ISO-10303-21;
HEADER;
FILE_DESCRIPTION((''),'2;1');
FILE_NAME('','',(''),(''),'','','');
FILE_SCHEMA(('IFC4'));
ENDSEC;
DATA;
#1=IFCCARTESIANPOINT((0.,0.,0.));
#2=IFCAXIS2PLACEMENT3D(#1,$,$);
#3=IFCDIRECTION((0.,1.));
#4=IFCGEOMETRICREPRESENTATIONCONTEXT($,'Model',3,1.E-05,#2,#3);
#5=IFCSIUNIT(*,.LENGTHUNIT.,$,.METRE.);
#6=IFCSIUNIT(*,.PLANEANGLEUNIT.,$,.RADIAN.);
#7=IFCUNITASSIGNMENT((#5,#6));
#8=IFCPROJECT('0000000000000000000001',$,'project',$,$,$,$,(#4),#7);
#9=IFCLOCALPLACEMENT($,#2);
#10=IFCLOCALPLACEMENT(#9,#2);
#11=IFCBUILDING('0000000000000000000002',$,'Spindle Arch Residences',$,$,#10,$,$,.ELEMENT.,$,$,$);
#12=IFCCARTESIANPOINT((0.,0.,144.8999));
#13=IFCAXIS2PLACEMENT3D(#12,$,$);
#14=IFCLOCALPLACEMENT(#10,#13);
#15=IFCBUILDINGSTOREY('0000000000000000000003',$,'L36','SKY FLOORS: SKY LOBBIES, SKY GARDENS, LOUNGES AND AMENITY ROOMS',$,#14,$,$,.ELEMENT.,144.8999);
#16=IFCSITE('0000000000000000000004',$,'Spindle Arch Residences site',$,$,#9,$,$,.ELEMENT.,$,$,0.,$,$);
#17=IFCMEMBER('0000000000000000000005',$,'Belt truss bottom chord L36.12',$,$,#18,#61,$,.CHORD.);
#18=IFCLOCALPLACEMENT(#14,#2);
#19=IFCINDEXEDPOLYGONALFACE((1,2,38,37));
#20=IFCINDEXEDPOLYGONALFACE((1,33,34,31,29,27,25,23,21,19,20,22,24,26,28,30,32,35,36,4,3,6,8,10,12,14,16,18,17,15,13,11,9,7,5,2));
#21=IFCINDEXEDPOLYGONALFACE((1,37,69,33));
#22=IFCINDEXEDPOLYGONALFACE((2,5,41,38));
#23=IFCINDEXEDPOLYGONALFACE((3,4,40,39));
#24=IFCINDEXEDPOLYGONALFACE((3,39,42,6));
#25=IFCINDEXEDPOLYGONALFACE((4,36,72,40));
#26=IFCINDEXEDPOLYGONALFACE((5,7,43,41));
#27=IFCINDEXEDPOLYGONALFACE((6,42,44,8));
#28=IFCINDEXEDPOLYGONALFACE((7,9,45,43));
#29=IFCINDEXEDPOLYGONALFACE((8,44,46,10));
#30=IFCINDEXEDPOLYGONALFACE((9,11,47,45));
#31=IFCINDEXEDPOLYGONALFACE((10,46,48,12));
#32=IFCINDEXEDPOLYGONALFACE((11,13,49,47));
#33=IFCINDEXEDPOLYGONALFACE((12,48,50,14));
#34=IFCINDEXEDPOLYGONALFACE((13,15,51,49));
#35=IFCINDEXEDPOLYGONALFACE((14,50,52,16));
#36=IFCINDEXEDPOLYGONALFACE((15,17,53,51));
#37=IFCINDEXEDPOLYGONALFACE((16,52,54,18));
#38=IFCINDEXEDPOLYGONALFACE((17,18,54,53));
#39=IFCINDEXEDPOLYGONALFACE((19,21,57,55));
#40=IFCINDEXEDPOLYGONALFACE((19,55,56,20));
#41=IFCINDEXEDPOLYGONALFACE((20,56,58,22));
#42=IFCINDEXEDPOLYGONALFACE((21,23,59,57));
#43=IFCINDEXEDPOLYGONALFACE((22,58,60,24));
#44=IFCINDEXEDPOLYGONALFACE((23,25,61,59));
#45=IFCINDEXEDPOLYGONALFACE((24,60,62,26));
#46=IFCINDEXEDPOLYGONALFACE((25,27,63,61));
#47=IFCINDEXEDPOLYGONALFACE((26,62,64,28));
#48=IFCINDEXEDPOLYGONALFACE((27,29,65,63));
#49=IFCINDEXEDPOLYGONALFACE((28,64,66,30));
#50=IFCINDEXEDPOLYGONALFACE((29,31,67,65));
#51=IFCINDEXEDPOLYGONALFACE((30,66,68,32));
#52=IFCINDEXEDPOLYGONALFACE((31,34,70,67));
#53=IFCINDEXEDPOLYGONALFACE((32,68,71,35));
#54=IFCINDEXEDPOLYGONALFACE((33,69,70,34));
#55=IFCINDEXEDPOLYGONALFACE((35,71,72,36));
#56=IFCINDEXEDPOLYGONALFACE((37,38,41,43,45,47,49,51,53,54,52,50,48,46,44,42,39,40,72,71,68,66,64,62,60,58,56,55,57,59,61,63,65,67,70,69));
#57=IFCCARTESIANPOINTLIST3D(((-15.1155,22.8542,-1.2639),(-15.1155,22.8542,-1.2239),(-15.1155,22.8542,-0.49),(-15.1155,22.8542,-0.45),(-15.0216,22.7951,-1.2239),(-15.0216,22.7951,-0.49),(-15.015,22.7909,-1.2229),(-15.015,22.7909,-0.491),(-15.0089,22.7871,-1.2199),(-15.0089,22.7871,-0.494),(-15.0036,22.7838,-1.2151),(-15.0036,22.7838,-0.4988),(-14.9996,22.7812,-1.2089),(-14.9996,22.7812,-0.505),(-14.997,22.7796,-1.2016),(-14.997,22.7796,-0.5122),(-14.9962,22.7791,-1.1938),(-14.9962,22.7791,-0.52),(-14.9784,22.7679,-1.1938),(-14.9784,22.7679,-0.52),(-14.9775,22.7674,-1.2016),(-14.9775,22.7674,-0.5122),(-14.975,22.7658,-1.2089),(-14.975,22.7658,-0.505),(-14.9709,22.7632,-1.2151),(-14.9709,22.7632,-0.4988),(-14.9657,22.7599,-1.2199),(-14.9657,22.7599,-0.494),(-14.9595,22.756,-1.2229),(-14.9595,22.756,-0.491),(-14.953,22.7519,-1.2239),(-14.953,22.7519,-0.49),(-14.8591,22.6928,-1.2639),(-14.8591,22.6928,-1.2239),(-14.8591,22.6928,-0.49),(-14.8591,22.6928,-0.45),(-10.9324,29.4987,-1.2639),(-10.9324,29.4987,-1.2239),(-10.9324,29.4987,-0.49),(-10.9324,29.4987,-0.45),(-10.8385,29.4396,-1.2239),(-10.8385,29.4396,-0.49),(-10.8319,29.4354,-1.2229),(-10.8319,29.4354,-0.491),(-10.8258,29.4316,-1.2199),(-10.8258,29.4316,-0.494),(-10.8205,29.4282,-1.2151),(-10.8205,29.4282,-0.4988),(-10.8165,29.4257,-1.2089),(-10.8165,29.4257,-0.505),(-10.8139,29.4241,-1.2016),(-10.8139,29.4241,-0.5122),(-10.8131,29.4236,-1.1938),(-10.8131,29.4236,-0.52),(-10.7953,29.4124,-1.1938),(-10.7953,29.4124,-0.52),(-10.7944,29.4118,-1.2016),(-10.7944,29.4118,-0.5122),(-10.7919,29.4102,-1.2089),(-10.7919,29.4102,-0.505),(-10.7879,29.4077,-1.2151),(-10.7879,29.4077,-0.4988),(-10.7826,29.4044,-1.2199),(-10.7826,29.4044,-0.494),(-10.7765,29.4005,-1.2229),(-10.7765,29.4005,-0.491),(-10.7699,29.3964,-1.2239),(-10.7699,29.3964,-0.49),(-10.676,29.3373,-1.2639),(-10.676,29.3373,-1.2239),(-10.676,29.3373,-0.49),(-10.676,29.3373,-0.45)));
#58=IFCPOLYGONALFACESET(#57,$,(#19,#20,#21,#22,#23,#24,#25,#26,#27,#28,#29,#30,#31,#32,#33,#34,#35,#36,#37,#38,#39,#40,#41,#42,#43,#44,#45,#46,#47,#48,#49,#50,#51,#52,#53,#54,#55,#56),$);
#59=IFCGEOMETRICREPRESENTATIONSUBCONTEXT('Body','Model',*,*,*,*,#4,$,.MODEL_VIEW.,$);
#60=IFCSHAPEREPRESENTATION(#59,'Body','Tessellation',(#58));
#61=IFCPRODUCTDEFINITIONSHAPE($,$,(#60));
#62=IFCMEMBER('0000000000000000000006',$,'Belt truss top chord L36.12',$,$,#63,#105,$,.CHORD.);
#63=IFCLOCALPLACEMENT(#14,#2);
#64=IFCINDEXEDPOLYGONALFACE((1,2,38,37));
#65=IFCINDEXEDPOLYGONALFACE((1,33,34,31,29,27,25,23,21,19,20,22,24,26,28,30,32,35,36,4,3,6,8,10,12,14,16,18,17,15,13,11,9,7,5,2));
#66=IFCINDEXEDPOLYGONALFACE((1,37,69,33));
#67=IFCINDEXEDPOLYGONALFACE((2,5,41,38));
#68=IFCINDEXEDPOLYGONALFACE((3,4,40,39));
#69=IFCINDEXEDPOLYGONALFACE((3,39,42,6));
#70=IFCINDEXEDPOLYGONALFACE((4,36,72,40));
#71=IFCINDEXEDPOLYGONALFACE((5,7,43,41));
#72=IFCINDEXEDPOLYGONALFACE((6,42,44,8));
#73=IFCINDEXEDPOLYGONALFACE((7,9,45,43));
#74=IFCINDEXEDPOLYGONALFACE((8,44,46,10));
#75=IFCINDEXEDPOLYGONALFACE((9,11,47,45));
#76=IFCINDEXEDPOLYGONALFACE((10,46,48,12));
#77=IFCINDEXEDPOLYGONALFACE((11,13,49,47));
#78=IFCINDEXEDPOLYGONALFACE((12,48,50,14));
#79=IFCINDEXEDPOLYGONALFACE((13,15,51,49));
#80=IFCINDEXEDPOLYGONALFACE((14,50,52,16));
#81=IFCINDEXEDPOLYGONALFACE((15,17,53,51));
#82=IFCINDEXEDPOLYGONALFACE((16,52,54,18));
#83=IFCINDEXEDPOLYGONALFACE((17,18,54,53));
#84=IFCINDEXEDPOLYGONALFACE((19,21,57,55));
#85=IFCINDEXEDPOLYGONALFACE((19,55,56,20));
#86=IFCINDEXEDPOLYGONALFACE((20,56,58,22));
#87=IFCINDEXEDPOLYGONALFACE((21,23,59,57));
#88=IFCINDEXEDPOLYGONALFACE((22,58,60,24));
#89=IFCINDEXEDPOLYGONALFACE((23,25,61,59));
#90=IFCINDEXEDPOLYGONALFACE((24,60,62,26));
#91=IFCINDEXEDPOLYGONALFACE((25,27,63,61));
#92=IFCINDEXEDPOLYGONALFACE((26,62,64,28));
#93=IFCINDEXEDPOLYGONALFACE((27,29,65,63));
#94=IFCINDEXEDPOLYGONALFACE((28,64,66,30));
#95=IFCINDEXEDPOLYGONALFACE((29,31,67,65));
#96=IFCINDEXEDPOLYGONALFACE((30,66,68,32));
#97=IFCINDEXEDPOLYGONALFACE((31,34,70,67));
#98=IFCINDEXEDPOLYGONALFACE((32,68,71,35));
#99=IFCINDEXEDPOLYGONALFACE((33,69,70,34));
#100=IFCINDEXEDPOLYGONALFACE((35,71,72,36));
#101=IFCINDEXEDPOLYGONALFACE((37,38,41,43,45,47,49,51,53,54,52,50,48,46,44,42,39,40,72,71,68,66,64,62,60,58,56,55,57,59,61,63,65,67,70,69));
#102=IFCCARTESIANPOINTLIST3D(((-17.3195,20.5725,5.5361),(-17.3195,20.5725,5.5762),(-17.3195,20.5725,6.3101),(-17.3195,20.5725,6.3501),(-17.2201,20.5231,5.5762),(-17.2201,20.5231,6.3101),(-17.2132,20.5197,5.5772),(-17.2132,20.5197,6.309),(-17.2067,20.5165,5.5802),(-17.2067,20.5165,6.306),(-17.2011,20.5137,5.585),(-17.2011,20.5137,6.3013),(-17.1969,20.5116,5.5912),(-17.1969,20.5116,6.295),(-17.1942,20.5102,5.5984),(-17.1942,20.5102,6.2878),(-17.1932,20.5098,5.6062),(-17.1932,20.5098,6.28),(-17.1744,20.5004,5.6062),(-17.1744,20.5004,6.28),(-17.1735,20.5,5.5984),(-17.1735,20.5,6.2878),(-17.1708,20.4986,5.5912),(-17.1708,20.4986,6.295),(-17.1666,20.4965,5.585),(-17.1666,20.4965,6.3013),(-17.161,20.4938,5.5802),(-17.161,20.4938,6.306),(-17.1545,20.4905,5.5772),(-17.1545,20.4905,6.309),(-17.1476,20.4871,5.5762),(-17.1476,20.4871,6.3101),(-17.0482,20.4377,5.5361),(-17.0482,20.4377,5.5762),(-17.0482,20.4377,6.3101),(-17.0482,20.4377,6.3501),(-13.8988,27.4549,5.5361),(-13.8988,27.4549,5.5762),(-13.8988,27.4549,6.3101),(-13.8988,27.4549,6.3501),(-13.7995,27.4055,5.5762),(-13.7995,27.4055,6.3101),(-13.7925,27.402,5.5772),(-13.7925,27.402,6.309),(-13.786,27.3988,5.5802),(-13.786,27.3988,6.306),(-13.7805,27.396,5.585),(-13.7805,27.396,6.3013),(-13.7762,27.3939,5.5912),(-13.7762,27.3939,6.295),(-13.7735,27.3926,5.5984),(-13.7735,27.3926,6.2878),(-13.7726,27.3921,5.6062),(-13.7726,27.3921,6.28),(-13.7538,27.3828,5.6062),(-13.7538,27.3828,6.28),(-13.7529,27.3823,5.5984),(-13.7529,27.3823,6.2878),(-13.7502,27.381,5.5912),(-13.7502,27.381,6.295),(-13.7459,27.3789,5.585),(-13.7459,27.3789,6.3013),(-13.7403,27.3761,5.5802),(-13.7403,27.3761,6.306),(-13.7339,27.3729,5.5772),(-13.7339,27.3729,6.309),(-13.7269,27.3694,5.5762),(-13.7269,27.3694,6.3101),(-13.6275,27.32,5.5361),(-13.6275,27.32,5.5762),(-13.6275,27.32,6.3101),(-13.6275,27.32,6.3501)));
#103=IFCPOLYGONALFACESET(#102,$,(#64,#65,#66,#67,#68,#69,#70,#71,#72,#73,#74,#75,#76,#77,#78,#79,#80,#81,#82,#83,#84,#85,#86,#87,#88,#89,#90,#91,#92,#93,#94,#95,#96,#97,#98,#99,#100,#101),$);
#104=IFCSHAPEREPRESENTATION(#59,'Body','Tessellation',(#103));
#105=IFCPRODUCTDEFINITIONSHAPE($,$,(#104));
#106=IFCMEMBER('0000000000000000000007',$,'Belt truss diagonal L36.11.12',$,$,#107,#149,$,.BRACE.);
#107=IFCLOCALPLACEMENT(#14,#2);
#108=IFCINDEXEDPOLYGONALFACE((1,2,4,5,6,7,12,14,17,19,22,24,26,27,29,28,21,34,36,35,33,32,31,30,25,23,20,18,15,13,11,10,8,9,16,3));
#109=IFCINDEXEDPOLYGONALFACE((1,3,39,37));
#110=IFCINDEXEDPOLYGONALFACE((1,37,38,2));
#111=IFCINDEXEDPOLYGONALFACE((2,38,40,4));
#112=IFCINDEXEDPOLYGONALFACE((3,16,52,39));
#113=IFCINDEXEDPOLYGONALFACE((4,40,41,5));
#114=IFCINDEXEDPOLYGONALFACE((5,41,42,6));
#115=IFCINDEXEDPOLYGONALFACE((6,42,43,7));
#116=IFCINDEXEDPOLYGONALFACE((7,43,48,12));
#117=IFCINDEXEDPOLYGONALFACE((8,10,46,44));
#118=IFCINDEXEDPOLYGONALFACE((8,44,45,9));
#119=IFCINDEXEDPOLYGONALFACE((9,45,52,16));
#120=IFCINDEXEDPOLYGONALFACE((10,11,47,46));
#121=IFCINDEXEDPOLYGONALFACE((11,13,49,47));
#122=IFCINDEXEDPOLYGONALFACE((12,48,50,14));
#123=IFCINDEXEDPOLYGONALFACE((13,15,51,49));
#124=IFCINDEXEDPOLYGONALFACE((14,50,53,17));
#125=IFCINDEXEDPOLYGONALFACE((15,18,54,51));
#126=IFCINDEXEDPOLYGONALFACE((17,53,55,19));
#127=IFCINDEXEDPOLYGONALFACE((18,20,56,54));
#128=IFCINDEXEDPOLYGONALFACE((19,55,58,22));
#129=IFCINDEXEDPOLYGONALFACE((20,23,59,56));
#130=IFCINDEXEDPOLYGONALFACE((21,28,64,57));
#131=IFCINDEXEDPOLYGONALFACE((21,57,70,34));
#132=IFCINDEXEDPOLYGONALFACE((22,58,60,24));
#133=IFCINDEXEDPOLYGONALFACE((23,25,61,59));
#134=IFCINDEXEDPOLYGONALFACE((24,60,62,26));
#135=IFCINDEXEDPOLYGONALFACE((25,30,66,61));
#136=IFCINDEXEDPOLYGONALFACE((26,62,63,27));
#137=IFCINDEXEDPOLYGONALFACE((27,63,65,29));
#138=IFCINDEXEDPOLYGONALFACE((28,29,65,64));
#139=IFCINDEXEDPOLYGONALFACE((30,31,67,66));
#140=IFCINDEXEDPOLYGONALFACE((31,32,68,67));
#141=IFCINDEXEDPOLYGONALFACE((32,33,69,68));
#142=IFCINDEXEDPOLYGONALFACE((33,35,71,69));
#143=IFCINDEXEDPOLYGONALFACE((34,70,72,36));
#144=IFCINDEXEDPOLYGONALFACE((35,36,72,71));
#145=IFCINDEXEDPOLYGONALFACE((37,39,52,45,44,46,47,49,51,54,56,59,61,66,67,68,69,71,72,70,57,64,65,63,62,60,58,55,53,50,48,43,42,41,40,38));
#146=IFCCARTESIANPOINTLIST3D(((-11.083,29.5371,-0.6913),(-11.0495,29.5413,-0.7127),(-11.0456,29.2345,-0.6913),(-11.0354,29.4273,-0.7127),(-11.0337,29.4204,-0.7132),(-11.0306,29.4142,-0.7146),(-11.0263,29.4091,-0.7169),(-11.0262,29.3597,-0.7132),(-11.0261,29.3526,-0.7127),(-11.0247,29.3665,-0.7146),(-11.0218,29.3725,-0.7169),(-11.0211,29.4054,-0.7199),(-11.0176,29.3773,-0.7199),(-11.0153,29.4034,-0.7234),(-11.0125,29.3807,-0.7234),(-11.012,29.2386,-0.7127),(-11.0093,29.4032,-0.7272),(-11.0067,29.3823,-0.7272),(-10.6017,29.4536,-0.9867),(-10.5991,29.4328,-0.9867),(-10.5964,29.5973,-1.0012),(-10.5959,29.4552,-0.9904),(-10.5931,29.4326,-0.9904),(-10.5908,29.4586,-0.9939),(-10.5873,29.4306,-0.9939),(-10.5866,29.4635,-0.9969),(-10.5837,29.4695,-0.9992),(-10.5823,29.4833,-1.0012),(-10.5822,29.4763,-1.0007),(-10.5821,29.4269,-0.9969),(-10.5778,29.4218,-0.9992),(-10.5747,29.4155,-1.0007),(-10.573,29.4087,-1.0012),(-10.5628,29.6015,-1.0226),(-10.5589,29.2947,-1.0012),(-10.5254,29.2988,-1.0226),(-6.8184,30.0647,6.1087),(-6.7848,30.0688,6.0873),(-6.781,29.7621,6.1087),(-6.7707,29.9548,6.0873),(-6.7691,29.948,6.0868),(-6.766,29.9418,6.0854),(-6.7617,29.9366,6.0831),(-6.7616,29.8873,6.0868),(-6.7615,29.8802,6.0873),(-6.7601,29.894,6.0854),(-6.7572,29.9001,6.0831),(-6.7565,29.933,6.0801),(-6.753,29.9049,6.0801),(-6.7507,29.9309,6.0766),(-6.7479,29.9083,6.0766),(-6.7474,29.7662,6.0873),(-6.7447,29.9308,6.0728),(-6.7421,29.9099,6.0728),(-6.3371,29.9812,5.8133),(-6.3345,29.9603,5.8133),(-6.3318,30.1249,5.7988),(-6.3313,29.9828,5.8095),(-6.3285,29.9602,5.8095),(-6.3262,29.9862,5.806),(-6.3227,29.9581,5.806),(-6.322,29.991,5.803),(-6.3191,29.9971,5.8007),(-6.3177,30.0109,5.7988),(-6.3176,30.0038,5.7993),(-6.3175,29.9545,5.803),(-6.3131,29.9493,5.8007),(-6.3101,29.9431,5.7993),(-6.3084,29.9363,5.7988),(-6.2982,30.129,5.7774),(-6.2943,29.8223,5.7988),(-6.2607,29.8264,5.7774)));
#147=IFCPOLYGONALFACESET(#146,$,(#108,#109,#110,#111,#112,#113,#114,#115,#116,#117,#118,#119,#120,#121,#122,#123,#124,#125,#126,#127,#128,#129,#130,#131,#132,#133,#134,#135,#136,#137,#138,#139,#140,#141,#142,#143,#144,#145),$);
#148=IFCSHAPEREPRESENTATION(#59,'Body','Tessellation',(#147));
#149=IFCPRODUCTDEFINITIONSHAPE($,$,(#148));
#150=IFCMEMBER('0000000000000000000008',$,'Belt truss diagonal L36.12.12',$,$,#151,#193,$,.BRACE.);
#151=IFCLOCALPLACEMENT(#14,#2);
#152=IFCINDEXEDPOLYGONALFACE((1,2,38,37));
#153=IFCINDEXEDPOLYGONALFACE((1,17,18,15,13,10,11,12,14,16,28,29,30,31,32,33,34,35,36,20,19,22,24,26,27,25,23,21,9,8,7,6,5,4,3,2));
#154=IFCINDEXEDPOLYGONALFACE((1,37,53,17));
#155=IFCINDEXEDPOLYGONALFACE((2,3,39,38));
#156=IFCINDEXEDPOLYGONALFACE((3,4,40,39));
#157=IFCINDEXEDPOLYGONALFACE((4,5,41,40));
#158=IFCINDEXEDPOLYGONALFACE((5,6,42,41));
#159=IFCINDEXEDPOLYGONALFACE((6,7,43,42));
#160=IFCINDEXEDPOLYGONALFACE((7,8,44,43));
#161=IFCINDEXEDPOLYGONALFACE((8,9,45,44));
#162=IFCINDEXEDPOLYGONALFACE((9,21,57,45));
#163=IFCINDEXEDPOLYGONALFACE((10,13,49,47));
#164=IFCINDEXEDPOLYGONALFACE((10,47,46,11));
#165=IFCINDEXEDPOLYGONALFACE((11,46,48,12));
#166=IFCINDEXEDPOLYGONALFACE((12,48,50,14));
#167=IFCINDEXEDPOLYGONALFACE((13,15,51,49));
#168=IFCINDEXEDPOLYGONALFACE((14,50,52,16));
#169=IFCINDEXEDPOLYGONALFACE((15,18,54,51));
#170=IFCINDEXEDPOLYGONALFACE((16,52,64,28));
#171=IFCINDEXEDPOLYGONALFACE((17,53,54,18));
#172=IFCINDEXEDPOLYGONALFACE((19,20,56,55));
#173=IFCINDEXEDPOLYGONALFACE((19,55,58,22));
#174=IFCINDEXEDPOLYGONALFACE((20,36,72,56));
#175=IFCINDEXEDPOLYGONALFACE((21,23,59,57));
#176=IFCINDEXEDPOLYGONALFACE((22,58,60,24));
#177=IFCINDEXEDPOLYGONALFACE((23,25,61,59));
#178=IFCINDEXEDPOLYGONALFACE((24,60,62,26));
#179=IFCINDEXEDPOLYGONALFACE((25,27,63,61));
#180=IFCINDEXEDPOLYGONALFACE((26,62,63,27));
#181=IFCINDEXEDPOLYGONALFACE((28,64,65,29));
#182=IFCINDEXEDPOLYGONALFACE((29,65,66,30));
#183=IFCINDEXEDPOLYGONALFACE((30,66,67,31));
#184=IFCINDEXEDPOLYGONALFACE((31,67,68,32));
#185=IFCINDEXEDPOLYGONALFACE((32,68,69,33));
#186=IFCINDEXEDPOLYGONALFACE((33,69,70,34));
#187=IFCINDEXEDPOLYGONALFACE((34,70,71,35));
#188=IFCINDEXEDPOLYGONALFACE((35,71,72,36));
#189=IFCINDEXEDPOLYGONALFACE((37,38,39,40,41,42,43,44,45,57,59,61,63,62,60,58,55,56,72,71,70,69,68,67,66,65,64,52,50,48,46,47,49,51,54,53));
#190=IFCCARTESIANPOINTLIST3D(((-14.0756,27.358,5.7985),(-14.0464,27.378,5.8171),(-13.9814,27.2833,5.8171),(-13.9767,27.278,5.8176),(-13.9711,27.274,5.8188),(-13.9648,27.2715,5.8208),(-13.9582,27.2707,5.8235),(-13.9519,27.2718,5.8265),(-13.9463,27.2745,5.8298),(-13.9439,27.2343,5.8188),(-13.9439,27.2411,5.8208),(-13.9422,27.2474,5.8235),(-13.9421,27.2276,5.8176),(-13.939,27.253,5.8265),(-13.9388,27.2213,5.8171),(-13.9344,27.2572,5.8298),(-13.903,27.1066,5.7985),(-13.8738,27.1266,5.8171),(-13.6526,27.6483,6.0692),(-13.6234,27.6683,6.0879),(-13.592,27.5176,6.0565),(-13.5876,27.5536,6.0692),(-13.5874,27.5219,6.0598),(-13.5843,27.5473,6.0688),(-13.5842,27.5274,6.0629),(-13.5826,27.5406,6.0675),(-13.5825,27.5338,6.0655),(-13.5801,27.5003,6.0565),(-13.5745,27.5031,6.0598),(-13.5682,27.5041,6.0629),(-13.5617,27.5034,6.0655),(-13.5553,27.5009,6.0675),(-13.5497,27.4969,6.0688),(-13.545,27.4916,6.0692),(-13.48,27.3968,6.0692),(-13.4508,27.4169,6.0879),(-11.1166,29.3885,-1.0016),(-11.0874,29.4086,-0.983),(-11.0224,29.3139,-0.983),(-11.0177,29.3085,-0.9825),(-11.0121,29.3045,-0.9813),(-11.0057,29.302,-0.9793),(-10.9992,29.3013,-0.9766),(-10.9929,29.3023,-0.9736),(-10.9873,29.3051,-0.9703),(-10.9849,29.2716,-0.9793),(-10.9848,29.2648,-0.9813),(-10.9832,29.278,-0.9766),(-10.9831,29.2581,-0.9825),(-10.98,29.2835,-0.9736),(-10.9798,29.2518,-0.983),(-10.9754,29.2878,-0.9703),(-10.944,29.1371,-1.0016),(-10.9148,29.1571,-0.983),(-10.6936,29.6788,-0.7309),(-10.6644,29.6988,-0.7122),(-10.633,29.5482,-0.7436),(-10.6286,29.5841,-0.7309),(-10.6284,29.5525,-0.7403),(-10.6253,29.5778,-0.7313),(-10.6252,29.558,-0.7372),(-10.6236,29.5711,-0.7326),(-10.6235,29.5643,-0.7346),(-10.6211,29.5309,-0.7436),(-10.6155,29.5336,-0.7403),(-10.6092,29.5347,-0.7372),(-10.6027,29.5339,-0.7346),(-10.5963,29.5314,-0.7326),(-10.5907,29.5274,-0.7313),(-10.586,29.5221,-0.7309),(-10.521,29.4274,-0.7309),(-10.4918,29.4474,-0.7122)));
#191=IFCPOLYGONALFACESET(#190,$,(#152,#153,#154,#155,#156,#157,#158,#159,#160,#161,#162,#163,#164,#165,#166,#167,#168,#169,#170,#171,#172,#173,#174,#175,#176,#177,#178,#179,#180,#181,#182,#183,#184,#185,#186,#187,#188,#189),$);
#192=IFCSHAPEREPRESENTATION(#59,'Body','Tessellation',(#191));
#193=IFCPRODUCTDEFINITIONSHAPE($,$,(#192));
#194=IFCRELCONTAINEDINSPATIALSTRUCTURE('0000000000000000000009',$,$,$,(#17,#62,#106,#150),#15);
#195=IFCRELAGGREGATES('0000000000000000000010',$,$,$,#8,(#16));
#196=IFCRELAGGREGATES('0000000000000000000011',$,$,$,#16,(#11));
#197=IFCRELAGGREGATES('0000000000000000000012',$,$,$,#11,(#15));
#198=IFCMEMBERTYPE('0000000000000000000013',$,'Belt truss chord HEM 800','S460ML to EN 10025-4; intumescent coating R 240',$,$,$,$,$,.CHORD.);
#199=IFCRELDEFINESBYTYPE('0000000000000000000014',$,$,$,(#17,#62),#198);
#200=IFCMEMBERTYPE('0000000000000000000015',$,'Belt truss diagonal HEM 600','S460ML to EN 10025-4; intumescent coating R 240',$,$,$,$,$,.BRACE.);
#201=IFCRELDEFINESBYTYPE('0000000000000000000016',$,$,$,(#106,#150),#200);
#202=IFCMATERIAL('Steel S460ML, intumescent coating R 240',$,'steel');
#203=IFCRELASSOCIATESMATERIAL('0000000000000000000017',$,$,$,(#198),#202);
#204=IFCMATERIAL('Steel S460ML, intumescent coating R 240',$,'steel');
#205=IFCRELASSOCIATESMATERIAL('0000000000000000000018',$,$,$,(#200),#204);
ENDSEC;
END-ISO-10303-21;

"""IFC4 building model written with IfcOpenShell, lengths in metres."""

from ifc_helpers import new_model, si_unit, direction, frame, origin, origin_2d, place, context, subcontext, project, spatial, i_section, extrude, material, material_profile, profile_set, type_object, element, save


model = new_model("IFC4")

# Units and contexts
model_context = context("Model", 3, precision=1e-05, world=origin(), true_north=direction((0.0, 1.0)))
body_context = subcontext(model_context, "Body", "Model", "MODEL_VIEW")
ifc_project = project(units=[si_unit("LENGTHUNIT", "METRE"), si_unit("PLANEANGLEUNIT", "RADIAN")], contexts=[model_context])

# Site, building, storey
site_placement = place(None, origin())
site = spatial("IfcSite", under=ifc_project, at=site_placement, Name="Spindle Arch Residences site", CompositionType="ELEMENT", RefElevation=0.0)
building_placement = place(site_placement, origin())
building = spatial("IfcBuilding", under=site, at=building_placement, Name="Spindle Arch Residences", CompositionType="ELEMENT")
storey_placement = place(building_placement, frame((0.0, 0.0, 144.8999)))
storey = spatial("IfcBuildingStorey", under=building, at=storey_placement, Name="L36", Description="SKY FLOORS: SKY LOBBIES, SKY GARDENS, LOUNGES AND AMENITY ROOMS", CompositionType="ELEMENT", Elevation=144.8999)

# Members
ifc_material_1 = material(Name="Steel S460ML, intumescent coating R 240", Category="steel")
ifc_material_profile_1 = material_profile(ifc_material_1, i_section(OverallWidth=0.303, OverallDepth=0.814, WebThickness=0.021, FlangeThickness=0.04, FilletRadius=0.03, at=origin_2d()), Name="HEM 800")
ifc_profile_set_1 = profile_set([ifc_material_profile_1], Name="Steel S460ML, intumescent coating R 240")
member_type_1 = type_object("IfcMemberType", Name="Belt truss chord HEM 800", Description="S460ML to EN 10025-4; intumescent coating R 240", PredefinedType="CHORD", material=ifc_profile_set_1)
member_1_placement = place(storey_placement, frame((-10.8042, 29.418, -0.8569), z_axis=(-0.532769, -0.846261, 0.0), x_axis=(0.846261, -0.532769, 0.0)))
element("IfcMember", 1, at=member_1_placement, inside=storey, type_object=member_type_1, Name="Belt truss bottom chord L36.12", PredefinedType="CHORD", context=body_context, shape_type="SweptSolid", body=[
    extrude(i_section(OverallWidth=0.303, OverallDepth=0.814, WebThickness=0.021, FlangeThickness=0.04, FilletRadius=0.03, at=origin_2d()), origin(), (0.0, 0.0, 1.0), 7.8516),
])
member_2_placement = place(storey_placement, frame((-13.7632, 27.3875, 5.9431), z_axis=(-0.445078, -0.895492, 0.0), x_axis=(0.895492, -0.445078, 0.0)))
element("IfcMember", 2, at=member_2_placement, inside=storey, type_object=member_type_1, Name="Belt truss top chord L36.12", PredefinedType="CHORD", context=body_context, shape_type="SweptSolid", body=[
    extrude(i_section(OverallWidth=0.303, OverallDepth=0.814, WebThickness=0.021, FlangeThickness=0.04, FilletRadius=0.03, at=origin_2d()), origin(), (0.0, 0.0, 1.0), 7.6855),
])
ifc_material_2 = material(Name="Steel S460ML, intumescent coating R 240", Category="steel")
ifc_material_profile_2 = material_profile(ifc_material_2, i_section(OverallWidth=0.3049, OverallDepth=0.6201, WebThickness=0.021, FlangeThickness=0.04, FilletRadius=0.0271, at=origin_2d()), Name="HEM 600")
ifc_profile_set_2 = profile_set([ifc_material_profile_2], Name="Steel S460ML, intumescent coating R 240")
member_type_2 = type_object("IfcMemberType", Name="Belt truss diagonal HEM 600", Description="S460ML to EN 10025-4; intumescent coating R 240", PredefinedType="BRACE", material=ifc_profile_set_2)
member_3_placement = place(storey_placement, frame((-10.8042, 29.418, -0.8569), z_axis=(0.530164, 0.065588, 0.845355), x_axis=(-0.122776, 0.992434, 0.0)))
element("IfcMember", 3, at=member_3_placement, inside=storey, type_object=member_type_2, Name="Belt truss diagonal L36.11.12", PredefinedType="BRACE", context=body_context, shape_type="SweptSolid", body=[
    extrude(i_section(OverallWidth=0.3049, OverallDepth=0.6201, WebThickness=0.021, FlangeThickness=0.04, FilletRadius=0.0271, at=origin_2d()), origin(), (0.0, 0.0, 1.0), 8.0439),
])
member_4_placement = place(storey_placement, frame((-10.8042, 29.418, -0.8569), z_axis=(-0.384838, -0.264084, 0.884398), x_axis=(0.565813, -0.824534, 0.0)))
element("IfcMember", 4, at=member_4_placement, inside=storey, type_object=member_type_2, Name="Belt truss diagonal L36.12.12", PredefinedType="BRACE", context=body_context, shape_type="SweptSolid", body=[
    extrude(i_section(OverallWidth=0.3049, OverallDepth=0.6201, WebThickness=0.021, FlangeThickness=0.04, FilletRadius=0.0271, at=origin_2d()), origin(), (0.0, 0.0, 1.0), 7.689),
])

save(model, "model.ifc")
